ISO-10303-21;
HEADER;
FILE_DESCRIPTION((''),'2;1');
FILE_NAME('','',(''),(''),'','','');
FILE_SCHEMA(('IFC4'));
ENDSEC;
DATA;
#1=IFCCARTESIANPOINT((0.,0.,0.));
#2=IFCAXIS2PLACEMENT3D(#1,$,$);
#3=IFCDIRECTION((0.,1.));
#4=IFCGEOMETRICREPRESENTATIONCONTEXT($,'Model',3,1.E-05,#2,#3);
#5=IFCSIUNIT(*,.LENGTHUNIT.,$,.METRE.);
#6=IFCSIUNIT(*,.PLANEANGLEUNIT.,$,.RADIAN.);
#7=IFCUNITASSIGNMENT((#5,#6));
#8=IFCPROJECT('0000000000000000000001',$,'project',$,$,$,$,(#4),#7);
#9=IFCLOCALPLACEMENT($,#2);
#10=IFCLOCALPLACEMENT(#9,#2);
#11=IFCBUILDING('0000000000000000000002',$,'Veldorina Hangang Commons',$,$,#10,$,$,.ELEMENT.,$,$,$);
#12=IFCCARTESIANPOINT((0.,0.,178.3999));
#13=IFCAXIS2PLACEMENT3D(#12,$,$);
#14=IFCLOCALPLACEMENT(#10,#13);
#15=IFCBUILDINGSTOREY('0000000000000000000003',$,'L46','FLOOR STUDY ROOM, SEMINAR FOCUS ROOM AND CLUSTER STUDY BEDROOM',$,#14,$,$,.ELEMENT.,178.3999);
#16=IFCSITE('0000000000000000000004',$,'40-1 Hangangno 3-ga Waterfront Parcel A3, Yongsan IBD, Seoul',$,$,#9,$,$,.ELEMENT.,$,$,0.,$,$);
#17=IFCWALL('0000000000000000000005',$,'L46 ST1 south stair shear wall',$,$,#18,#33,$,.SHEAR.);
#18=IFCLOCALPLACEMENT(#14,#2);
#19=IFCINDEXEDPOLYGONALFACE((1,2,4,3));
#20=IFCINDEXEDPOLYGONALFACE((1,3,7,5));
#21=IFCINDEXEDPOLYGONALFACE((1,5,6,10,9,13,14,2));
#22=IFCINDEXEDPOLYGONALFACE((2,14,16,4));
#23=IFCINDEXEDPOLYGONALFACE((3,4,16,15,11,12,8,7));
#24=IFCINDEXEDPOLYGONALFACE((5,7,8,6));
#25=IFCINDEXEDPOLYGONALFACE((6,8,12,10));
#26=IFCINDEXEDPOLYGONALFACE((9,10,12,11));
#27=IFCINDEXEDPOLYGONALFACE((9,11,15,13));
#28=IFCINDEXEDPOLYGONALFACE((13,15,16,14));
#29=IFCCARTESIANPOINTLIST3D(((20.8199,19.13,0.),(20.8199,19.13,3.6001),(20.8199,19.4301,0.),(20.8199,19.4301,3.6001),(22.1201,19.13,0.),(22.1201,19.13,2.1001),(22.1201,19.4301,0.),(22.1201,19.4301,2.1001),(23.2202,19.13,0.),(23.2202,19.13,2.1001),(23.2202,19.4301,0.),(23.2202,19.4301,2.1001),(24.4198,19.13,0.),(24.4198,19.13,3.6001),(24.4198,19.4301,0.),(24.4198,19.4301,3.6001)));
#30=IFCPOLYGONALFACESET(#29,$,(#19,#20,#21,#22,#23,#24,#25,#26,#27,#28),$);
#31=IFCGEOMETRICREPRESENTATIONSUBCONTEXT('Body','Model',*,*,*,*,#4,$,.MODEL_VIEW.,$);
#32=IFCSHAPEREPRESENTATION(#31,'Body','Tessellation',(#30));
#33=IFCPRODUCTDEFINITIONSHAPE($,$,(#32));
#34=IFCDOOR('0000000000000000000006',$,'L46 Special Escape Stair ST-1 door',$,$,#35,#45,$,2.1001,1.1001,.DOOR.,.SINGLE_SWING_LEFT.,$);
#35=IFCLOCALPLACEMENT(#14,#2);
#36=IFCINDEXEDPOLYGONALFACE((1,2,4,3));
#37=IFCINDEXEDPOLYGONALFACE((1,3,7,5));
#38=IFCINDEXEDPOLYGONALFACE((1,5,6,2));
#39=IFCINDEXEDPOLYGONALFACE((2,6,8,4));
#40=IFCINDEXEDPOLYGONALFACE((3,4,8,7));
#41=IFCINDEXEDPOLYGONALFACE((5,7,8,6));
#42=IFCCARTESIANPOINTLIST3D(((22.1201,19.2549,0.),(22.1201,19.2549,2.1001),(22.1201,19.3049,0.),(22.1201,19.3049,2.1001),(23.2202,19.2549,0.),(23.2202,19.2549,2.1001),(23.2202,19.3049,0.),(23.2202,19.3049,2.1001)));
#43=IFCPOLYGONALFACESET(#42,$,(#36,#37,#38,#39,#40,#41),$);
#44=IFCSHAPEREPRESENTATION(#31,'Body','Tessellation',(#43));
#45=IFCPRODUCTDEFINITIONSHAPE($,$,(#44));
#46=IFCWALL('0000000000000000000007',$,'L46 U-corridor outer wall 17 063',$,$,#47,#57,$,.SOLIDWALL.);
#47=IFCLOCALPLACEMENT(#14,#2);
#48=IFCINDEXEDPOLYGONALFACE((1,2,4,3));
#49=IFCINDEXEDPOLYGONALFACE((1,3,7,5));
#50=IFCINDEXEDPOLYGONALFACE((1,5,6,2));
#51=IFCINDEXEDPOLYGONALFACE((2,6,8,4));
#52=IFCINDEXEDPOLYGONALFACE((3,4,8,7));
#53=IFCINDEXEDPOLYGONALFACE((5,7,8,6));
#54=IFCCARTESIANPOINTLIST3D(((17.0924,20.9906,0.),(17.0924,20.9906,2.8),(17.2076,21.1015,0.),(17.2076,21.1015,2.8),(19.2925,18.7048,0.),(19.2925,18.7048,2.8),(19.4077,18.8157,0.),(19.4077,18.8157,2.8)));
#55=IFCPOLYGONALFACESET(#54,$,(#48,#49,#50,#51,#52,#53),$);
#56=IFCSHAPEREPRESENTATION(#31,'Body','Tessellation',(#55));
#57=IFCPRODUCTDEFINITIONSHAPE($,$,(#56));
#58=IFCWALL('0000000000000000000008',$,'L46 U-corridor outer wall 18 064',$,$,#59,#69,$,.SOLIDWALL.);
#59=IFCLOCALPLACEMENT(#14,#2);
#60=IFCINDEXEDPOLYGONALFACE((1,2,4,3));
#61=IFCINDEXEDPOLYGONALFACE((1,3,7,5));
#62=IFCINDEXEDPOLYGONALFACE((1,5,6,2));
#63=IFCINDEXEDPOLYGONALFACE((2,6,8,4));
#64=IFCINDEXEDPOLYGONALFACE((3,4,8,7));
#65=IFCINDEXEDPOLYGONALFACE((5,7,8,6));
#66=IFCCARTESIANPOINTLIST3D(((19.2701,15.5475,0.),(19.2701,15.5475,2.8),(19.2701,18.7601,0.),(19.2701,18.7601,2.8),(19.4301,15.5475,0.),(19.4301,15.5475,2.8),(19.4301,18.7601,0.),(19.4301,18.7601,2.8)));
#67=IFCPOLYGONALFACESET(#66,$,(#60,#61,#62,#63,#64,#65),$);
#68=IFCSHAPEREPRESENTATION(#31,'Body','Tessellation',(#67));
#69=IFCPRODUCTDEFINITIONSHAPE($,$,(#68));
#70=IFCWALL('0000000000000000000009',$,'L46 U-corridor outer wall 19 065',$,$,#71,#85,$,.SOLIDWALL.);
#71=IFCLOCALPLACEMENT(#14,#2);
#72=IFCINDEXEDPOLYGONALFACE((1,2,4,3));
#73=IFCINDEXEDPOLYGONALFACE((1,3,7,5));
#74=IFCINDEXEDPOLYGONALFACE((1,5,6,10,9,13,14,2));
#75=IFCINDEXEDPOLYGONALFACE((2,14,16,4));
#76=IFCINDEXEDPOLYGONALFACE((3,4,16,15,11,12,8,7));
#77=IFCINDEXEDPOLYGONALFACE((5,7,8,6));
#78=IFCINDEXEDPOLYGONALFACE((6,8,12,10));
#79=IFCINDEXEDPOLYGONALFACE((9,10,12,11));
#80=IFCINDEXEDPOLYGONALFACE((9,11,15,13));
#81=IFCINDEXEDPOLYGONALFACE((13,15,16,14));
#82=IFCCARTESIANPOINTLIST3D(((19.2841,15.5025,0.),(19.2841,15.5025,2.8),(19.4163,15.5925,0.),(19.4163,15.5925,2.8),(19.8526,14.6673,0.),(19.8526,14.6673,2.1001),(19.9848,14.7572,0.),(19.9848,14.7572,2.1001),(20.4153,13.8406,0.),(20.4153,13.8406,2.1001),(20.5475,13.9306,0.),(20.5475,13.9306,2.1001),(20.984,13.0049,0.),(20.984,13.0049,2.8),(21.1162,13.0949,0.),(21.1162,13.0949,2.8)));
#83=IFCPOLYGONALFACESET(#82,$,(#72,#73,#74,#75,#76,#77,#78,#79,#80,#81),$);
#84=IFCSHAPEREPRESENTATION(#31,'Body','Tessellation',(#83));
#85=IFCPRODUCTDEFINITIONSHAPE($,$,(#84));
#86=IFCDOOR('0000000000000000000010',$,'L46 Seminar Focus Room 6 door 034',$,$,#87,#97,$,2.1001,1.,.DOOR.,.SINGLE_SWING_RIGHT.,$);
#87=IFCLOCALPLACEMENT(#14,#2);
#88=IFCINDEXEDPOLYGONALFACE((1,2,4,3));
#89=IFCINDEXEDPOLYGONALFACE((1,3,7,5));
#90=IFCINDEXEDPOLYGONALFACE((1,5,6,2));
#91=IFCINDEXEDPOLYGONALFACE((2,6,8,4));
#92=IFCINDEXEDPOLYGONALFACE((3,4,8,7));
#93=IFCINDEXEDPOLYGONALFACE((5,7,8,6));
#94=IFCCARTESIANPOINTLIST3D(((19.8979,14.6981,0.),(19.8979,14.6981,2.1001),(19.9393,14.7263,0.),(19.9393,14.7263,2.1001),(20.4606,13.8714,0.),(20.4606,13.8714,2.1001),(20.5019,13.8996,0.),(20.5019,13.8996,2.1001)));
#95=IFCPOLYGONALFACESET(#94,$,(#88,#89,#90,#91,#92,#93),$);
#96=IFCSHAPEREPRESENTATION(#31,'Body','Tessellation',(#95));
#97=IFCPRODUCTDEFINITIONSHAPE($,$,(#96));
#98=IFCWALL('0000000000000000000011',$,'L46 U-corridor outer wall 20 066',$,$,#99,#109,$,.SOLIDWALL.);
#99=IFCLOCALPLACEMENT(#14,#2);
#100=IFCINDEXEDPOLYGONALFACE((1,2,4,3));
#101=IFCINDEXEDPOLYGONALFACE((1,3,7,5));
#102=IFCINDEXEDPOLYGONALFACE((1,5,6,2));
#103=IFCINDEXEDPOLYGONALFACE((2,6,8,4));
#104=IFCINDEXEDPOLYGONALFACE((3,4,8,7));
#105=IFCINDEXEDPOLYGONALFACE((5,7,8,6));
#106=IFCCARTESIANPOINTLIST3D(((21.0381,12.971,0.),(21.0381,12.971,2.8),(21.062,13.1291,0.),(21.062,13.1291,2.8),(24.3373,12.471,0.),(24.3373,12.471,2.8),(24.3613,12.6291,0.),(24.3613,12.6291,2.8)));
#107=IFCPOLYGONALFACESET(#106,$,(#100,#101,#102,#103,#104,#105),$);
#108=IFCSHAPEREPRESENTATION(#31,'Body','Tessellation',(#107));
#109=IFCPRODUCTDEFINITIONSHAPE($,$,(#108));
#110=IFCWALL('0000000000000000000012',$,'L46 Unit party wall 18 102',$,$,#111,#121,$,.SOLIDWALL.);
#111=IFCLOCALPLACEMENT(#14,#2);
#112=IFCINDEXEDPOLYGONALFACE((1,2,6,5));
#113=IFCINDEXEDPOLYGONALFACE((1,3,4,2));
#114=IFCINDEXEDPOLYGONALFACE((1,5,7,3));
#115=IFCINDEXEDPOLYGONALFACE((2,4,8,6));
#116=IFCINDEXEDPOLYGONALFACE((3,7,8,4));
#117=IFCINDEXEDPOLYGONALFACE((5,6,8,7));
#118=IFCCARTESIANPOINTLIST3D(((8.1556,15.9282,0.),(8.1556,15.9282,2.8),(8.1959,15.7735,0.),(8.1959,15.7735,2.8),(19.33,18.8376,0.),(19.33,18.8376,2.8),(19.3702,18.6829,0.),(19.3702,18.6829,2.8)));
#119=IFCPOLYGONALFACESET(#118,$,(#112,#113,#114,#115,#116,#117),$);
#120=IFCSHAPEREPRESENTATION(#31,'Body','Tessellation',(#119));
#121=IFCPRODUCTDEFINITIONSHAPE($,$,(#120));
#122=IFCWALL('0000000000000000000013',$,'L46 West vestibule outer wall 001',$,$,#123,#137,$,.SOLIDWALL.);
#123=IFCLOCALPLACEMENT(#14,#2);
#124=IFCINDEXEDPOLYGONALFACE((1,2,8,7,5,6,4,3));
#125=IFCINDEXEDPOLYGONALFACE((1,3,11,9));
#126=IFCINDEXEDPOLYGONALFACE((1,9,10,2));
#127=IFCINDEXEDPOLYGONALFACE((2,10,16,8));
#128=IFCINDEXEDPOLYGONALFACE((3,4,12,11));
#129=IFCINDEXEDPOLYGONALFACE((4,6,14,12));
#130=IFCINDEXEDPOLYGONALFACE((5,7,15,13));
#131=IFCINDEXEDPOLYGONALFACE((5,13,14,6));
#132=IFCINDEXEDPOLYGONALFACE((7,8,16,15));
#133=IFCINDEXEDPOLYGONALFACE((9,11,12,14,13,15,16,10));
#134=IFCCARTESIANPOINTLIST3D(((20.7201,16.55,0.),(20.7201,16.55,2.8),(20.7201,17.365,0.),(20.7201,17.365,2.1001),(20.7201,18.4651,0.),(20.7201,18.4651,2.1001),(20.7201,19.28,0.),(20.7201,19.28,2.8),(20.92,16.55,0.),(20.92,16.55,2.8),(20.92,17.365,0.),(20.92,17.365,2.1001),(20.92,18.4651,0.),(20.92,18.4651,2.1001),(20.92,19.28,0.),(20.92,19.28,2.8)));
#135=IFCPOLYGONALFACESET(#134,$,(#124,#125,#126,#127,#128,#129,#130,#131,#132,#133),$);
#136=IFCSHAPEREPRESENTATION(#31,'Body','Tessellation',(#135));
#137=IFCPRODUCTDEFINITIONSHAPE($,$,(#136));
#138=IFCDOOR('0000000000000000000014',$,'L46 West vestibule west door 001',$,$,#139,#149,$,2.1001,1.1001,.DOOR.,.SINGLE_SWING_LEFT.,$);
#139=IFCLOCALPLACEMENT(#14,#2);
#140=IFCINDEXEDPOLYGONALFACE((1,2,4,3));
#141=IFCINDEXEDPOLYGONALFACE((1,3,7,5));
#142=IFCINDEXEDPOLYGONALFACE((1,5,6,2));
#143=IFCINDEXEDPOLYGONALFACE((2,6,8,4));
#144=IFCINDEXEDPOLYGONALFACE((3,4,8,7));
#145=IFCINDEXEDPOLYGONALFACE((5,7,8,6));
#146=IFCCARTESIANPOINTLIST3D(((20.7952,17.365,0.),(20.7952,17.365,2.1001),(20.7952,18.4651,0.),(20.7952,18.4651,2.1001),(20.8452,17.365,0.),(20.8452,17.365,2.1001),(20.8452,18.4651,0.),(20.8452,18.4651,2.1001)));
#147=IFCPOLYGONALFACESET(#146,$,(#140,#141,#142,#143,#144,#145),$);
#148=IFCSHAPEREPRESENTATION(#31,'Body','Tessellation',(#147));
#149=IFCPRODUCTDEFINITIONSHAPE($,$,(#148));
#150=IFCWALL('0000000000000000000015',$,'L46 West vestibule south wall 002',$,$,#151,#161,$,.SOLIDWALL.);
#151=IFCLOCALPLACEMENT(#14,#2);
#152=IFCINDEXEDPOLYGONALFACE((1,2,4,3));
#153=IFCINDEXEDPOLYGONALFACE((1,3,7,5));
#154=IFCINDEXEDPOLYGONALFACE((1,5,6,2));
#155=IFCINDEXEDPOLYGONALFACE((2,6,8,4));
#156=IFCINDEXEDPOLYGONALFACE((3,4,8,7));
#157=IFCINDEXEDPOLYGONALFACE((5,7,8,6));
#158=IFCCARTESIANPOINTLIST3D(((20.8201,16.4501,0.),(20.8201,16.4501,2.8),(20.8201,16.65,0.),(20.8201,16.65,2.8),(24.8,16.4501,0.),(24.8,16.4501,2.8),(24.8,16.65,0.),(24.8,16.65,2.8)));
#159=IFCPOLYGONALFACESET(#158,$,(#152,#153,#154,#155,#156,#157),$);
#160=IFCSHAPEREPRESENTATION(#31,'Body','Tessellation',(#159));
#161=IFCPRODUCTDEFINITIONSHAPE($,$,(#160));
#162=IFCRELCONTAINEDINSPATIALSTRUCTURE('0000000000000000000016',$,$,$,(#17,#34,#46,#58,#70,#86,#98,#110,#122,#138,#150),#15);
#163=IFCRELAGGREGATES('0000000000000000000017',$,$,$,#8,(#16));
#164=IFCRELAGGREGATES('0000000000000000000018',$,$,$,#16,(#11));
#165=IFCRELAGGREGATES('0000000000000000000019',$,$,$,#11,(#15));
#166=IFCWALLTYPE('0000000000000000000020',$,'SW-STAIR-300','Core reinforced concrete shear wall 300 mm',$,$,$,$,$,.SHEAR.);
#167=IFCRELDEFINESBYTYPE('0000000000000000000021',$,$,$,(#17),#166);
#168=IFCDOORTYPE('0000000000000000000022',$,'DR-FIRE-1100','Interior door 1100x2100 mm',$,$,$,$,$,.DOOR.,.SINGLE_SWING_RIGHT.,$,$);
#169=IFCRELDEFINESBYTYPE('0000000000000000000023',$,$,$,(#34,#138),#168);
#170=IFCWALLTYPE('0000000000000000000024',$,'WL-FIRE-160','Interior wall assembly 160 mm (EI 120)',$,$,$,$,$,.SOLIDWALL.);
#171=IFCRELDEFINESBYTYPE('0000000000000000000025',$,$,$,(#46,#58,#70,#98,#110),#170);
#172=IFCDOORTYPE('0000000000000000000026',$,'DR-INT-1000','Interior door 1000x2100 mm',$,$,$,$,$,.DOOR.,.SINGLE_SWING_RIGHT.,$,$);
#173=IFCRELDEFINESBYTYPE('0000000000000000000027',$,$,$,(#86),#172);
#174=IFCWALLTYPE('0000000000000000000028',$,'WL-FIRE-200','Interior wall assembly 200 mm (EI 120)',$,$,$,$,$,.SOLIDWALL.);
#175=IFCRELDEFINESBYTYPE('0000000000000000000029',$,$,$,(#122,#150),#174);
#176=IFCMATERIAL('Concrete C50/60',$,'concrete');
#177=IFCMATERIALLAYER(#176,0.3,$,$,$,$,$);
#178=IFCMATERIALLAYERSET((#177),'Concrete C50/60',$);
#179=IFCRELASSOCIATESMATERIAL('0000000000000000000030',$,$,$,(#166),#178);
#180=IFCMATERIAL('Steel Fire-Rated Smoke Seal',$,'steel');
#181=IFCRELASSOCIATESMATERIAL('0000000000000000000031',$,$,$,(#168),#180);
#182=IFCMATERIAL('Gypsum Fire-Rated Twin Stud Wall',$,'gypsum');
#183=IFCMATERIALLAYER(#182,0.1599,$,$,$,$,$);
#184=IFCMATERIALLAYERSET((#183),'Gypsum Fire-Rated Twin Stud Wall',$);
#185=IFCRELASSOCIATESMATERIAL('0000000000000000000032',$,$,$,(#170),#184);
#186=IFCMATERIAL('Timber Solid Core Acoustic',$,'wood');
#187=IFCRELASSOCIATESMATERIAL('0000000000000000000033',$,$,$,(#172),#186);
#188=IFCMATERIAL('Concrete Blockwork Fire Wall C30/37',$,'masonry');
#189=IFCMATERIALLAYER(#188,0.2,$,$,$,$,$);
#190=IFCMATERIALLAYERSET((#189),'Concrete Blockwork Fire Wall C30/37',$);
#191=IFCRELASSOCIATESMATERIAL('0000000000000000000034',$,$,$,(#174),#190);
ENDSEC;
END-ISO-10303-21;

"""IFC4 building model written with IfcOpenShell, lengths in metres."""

from ifc_helpers import new_model, si_unit, direction, frame, frame_2d, origin, place, context, subcontext, project, spatial, rectangle, extrude, material, layer, layer_set, type_object, element, fill, save


model = new_model("IFC4")

# Units and contexts
model_context = context("Model", 3, precision=1e-05, world=origin(), true_north=direction((0.0, 1.0)))
body_context = subcontext(model_context, "Body", "Model", "MODEL_VIEW")
ifc_project = project(units=[si_unit("LENGTHUNIT", "METRE"), si_unit("PLANEANGLEUNIT", "RADIAN")], contexts=[model_context])

# Site, building, storey
site_placement = place(None, origin())
site = spatial("IfcSite", under=ifc_project, at=site_placement, Name="40-1 Hangangno 3-ga Waterfront Parcel A3, Yongsan IBD, Seoul", CompositionType="ELEMENT", RefElevation=0.0)
building_placement = place(site_placement, origin())
building = spatial("IfcBuilding", under=site, at=building_placement, Name="Veldorina Hangang Commons", CompositionType="ELEMENT")
storey_placement = place(building_placement, frame((0.0, 0.0, 178.3999)))
storey = spatial("IfcBuildingStorey", under=building, at=storey_placement, Name="L46", Description="FLOOR STUDY ROOM, SEMINAR FOCUS ROOM AND CLUSTER STUDY BEDROOM", CompositionType="ELEMENT", Elevation=178.3999)

# Shared definitions
ifc_material_1 = material(Name="Concrete C50/60", Category="concrete")
ifc_layer_1 = layer(ifc_material_1, 0.3)
ifc_layer_set_1 = layer_set([ifc_layer_1], Name="Concrete C50/60")
wall_type_1 = type_object("IfcWallType", Name="SW-STAIR-300", Description="Core reinforced concrete shear wall 300 mm", PredefinedType="SHEAR", material=ifc_layer_set_1)

# Wall, opening, door
wall_1_placement = place(storey_placement, frame((20.8201, 19.28, 0.0), z_axis=(0.0, 0.0, 1.0), x_axis=(1.0, 0.0, 0.0)))
wall_1 = element("IfcWall", 1, at=wall_1_placement, inside=storey, type_object=wall_type_1, Name="L46 ST1 south stair shear wall", PredefinedType="SHEAR", context=body_context, shape_type="SweptSolid", body=[
    extrude(rectangle(XDim=3.5999, YDim=0.3, at=frame_2d((1.7998, 0.0))), origin(), (0.0, 0.0, 1.0), 3.6001),
])
opening_1_placement = place(wall_1_placement, frame((1.3, 0.0, 0.0)))
opening_1 = element("IfcOpeningElement", 2, at=opening_1_placement, cuts=wall_1, PredefinedType="OPENING", context=body_context, shape_type="SweptSolid", body=[
    extrude(rectangle(XDim=1.1001, YDim=2.1001, at=frame_2d((0.55, 1.05))), frame((0.0, 0.1602, 0.0), z_axis=(0.0, -1.0, 0.0), x_axis=(1.0, 0.0, 0.0)), (0.0, 0.0, 1.0), 0.3201),
])
ifc_material_2 = material(Name="Steel Fire-Rated Smoke Seal", Category="steel")
door_type_1 = type_object("IfcDoorType", Name="DR-FIRE-1100", Description="Interior door 1100x2100 mm", OperationType="SINGLE_SWING_RIGHT", PredefinedType="DOOR", material=ifc_material_2)
door_1_placement = place(opening_1_placement, origin())
door_1 = element("IfcDoor", 3, at=door_1_placement, inside=storey, type_object=door_type_1, Name="L46 Special Escape Stair ST-1 door", OperationType="SINGLE_SWING_LEFT", OverallHeight=2.1001, OverallWidth=1.1001, PredefinedType="DOOR", context=body_context, shape_type="SweptSolid", body=[
    extrude(rectangle(XDim=1.1001, YDim=2.1001, at=frame_2d((0.55, 1.05))), frame((0.0, 0.0249, 0.0), z_axis=(0.0, -1.0, 0.0), x_axis=(1.0, 0.0, 0.0)), (0.0, 0.0, 1.0), 0.05),
])
fill(opening_1, door_1)

# Walls
ifc_material_3 = material(Name="Gypsum Fire-Rated Twin Stud Wall", Category="gypsum")
ifc_layer_2 = layer(ifc_material_3, 0.1599)
ifc_layer_set_2 = layer_set([ifc_layer_2], Name="Gypsum Fire-Rated Twin Stud Wall")
wall_type_2 = type_object("IfcWallType", Name="WL-FIRE-160", Description="Interior wall assembly 160 mm (EI 120)", PredefinedType="SOLIDWALL", material=ifc_layer_set_2)
wall_2_placement = place(storey_placement, frame((17.1499, 21.0461, 0.0), z_axis=(0.0, 0.0, 1.0), x_axis=(0.693473, -0.720483, 0.0)))
element("IfcWall", 4, at=wall_2_placement, inside=storey, type_object=wall_type_2, Name="L46 U-corridor outer wall 17 063", PredefinedType="SOLIDWALL", context=body_context, shape_type="SweptSolid", body=[
    extrude(rectangle(XDim=3.1726, YDim=0.1599, at=frame_2d((1.5864, 0.0))), origin(), (0.0, 0.0, 1.0), 2.8),
])
wall_3_placement = place(storey_placement, frame((19.3501, 18.7603, 0.0), z_axis=(0.0, 0.0, 1.0), x_axis=(0.0, -1.0, 0.0)))
element("IfcWall", 5, at=wall_3_placement, inside=storey, type_object=wall_type_2, Name="L46 U-corridor outer wall 18 064", PredefinedType="SOLIDWALL", context=body_context, shape_type="SweptSolid", body=[
    extrude(rectangle(XDim=3.2126, YDim=0.1599, at=frame_2d((1.6064, 0.0))), origin(), (0.0, 0.0, 1.0), 2.8),
])

# Wall, opening, door
wall_4_placement = place(storey_placement, frame((19.3501, 15.5476, 0.0), z_axis=(0.0, 0.0, 1.0), x_axis=(0.562675, -0.826678, 0.0)))
wall_4 = element("IfcWall", 6, at=wall_4_placement, inside=storey, type_object=wall_type_2, Name="L46 U-corridor outer wall 19 065", PredefinedType="SOLIDWALL", context=body_context, shape_type="SweptSolid", body=[
    extrude(rectangle(XDim=3.0212, YDim=0.1599, at=frame_2d((1.5107, 0.0))), origin(), (0.0, 0.0, 1.0), 2.8),
])
opening_2_placement = place(wall_4_placement, frame((1.0105, 0.0, 0.0)))
opening_2 = element("IfcOpeningElement", 7, at=opening_2_placement, cuts=wall_4, PredefinedType="OPENING", context=body_context, shape_type="SweptSolid", body=[
    extrude(rectangle(XDim=1.0, YDim=2.1001, at=frame_2d((0.5, 1.05))), frame((0.0, 0.0898, 0.0), z_axis=(0.0, -1.0, 0.0), x_axis=(1.0, 0.0, 0.0)), (0.0, 0.0, 1.0), 0.1799),
])
ifc_material_4 = material(Name="Timber Solid Core Acoustic", Category="wood")
door_type_2 = type_object("IfcDoorType", Name="DR-INT-1000", Description="Interior door 1000x2100 mm", OperationType="SINGLE_SWING_RIGHT", PredefinedType="DOOR", material=ifc_material_4)
door_2_placement = place(opening_2_placement, origin())
door_2 = element("IfcDoor", 8, at=door_2_placement, inside=storey, type_object=door_type_2, Name="L46 Seminar Focus Room 6 door 034", OperationType="SINGLE_SWING_RIGHT", OverallHeight=2.1001, OverallWidth=1.0, PredefinedType="DOOR", context=body_context, shape_type="SweptSolid", body=[
    extrude(rectangle(XDim=1.0, YDim=2.1001, at=frame_2d((0.5, 1.05))), frame((0.0, 0.0249, 0.0), z_axis=(0.0, -1.0, 0.0), x_axis=(1.0, 0.0, 0.0)), (0.0, 0.0, 1.0), 0.05),
])
fill(opening_2, door_2)

# Walls
wall_5_placement = place(storey_placement, frame((21.05, 13.05, 0.0), z_axis=(0.0, 0.0, 1.0), x_axis=(0.988711, -0.149836, 0.0)))
element("IfcWall", 9, at=wall_5_placement, inside=storey, type_object=wall_type_2, Name="L46 U-corridor outer wall 20 066", PredefinedType="SOLIDWALL", context=body_context, shape_type="SweptSolid", body=[
    extrude(rectangle(XDim=3.3369, YDim=0.1599, at=frame_2d((1.6685, 0.0))), origin(), (0.0, 0.0, 1.0), 2.8),
])
wall_6_placement = place(storey_placement, frame((19.3501, 18.7603, 0.0), z_axis=(0.0, 0.0, 1.0), x_axis=(-0.967736, -0.251967, 0.0)))
element("IfcWall", 10, at=wall_6_placement, inside=storey, type_object=wall_type_2, Name="L46 Unit party wall 18 102", PredefinedType="SOLIDWALL", context=body_context, shape_type="SweptSolid", body=[
    extrude(rectangle(XDim=11.5469, YDim=0.1599, at=frame_2d((5.7734, 0.0))), origin(), (0.0, 0.0, 1.0), 2.8),
])

# Wall, opening, door
ifc_material_5 = material(Name="Concrete Blockwork Fire Wall C30/37", Category="masonry")
ifc_layer_3 = layer(ifc_material_5, 0.2)
ifc_layer_set_3 = layer_set([ifc_layer_3], Name="Concrete Blockwork Fire Wall C30/37")
wall_type_3 = type_object("IfcWallType", Name="WL-FIRE-200", Description="Interior wall assembly 200 mm (EI 120)", PredefinedType="SOLIDWALL", material=ifc_layer_set_3)
wall_7_placement = place(storey_placement, frame((20.8201, 16.55, 0.0), z_axis=(0.0, 0.0, 1.0), x_axis=(0.0, 1.0, 0.0)))
wall_7 = element("IfcWall", 11, at=wall_7_placement, inside=storey, type_object=wall_type_3, Name="L46 West vestibule outer wall 001", PredefinedType="SOLIDWALL", context=body_context, shape_type="SweptSolid", body=[
    extrude(rectangle(XDim=2.73, YDim=0.2, at=frame_2d((1.365, 0.0))), origin(), (0.0, 0.0, 1.0), 2.8),
])
opening_3_placement = place(wall_7_placement, frame((0.8149, 0.0, 0.0)))
opening_3 = element("IfcOpeningElement", 12, at=opening_3_placement, cuts=wall_7, PredefinedType="OPENING", context=body_context, shape_type="SweptSolid", body=[
    extrude(rectangle(XDim=1.1001, YDim=2.1001, at=frame_2d((0.55, 1.05))), frame((0.0, 0.1099, 0.0), z_axis=(0.0, -1.0, 0.0), x_axis=(1.0, 0.0, 0.0)), (0.0, 0.0, 1.0), 0.22),
])
door_3_placement = place(opening_3_placement, origin())
door_3 = element("IfcDoor", 13, at=door_3_placement, inside=storey, type_object=door_type_1, Name="L46 West vestibule west door 001", OperationType="SINGLE_SWING_LEFT", OverallHeight=2.1001, OverallWidth=1.1001, PredefinedType="DOOR", context=body_context, shape_type="SweptSolid", body=[
    extrude(rectangle(XDim=1.1001, YDim=2.1001, at=frame_2d((0.55, 1.05))), frame((0.0, 0.0249, 0.0), z_axis=(0.0, -1.0, 0.0), x_axis=(1.0, 0.0, 0.0)), (0.0, 0.0, 1.0), 0.05),
])
fill(opening_3, door_3)

# Wall
wall_8_placement = place(storey_placement, frame((20.8201, 16.55, 0.0), z_axis=(0.0, 0.0, 1.0), x_axis=(1.0, 0.0, 0.0)))
element("IfcWall", 14, at=wall_8_placement, inside=storey, type_object=wall_type_3, Name="L46 West vestibule south wall 002", PredefinedType="SOLIDWALL", context=body_context, shape_type="SweptSolid", body=[
    extrude(rectangle(XDim=3.98, YDim=0.2, at=frame_2d((1.99, 0.0))), origin(), (0.0, 0.0, 1.0), 2.8),
])

save(model, "model.ifc")
